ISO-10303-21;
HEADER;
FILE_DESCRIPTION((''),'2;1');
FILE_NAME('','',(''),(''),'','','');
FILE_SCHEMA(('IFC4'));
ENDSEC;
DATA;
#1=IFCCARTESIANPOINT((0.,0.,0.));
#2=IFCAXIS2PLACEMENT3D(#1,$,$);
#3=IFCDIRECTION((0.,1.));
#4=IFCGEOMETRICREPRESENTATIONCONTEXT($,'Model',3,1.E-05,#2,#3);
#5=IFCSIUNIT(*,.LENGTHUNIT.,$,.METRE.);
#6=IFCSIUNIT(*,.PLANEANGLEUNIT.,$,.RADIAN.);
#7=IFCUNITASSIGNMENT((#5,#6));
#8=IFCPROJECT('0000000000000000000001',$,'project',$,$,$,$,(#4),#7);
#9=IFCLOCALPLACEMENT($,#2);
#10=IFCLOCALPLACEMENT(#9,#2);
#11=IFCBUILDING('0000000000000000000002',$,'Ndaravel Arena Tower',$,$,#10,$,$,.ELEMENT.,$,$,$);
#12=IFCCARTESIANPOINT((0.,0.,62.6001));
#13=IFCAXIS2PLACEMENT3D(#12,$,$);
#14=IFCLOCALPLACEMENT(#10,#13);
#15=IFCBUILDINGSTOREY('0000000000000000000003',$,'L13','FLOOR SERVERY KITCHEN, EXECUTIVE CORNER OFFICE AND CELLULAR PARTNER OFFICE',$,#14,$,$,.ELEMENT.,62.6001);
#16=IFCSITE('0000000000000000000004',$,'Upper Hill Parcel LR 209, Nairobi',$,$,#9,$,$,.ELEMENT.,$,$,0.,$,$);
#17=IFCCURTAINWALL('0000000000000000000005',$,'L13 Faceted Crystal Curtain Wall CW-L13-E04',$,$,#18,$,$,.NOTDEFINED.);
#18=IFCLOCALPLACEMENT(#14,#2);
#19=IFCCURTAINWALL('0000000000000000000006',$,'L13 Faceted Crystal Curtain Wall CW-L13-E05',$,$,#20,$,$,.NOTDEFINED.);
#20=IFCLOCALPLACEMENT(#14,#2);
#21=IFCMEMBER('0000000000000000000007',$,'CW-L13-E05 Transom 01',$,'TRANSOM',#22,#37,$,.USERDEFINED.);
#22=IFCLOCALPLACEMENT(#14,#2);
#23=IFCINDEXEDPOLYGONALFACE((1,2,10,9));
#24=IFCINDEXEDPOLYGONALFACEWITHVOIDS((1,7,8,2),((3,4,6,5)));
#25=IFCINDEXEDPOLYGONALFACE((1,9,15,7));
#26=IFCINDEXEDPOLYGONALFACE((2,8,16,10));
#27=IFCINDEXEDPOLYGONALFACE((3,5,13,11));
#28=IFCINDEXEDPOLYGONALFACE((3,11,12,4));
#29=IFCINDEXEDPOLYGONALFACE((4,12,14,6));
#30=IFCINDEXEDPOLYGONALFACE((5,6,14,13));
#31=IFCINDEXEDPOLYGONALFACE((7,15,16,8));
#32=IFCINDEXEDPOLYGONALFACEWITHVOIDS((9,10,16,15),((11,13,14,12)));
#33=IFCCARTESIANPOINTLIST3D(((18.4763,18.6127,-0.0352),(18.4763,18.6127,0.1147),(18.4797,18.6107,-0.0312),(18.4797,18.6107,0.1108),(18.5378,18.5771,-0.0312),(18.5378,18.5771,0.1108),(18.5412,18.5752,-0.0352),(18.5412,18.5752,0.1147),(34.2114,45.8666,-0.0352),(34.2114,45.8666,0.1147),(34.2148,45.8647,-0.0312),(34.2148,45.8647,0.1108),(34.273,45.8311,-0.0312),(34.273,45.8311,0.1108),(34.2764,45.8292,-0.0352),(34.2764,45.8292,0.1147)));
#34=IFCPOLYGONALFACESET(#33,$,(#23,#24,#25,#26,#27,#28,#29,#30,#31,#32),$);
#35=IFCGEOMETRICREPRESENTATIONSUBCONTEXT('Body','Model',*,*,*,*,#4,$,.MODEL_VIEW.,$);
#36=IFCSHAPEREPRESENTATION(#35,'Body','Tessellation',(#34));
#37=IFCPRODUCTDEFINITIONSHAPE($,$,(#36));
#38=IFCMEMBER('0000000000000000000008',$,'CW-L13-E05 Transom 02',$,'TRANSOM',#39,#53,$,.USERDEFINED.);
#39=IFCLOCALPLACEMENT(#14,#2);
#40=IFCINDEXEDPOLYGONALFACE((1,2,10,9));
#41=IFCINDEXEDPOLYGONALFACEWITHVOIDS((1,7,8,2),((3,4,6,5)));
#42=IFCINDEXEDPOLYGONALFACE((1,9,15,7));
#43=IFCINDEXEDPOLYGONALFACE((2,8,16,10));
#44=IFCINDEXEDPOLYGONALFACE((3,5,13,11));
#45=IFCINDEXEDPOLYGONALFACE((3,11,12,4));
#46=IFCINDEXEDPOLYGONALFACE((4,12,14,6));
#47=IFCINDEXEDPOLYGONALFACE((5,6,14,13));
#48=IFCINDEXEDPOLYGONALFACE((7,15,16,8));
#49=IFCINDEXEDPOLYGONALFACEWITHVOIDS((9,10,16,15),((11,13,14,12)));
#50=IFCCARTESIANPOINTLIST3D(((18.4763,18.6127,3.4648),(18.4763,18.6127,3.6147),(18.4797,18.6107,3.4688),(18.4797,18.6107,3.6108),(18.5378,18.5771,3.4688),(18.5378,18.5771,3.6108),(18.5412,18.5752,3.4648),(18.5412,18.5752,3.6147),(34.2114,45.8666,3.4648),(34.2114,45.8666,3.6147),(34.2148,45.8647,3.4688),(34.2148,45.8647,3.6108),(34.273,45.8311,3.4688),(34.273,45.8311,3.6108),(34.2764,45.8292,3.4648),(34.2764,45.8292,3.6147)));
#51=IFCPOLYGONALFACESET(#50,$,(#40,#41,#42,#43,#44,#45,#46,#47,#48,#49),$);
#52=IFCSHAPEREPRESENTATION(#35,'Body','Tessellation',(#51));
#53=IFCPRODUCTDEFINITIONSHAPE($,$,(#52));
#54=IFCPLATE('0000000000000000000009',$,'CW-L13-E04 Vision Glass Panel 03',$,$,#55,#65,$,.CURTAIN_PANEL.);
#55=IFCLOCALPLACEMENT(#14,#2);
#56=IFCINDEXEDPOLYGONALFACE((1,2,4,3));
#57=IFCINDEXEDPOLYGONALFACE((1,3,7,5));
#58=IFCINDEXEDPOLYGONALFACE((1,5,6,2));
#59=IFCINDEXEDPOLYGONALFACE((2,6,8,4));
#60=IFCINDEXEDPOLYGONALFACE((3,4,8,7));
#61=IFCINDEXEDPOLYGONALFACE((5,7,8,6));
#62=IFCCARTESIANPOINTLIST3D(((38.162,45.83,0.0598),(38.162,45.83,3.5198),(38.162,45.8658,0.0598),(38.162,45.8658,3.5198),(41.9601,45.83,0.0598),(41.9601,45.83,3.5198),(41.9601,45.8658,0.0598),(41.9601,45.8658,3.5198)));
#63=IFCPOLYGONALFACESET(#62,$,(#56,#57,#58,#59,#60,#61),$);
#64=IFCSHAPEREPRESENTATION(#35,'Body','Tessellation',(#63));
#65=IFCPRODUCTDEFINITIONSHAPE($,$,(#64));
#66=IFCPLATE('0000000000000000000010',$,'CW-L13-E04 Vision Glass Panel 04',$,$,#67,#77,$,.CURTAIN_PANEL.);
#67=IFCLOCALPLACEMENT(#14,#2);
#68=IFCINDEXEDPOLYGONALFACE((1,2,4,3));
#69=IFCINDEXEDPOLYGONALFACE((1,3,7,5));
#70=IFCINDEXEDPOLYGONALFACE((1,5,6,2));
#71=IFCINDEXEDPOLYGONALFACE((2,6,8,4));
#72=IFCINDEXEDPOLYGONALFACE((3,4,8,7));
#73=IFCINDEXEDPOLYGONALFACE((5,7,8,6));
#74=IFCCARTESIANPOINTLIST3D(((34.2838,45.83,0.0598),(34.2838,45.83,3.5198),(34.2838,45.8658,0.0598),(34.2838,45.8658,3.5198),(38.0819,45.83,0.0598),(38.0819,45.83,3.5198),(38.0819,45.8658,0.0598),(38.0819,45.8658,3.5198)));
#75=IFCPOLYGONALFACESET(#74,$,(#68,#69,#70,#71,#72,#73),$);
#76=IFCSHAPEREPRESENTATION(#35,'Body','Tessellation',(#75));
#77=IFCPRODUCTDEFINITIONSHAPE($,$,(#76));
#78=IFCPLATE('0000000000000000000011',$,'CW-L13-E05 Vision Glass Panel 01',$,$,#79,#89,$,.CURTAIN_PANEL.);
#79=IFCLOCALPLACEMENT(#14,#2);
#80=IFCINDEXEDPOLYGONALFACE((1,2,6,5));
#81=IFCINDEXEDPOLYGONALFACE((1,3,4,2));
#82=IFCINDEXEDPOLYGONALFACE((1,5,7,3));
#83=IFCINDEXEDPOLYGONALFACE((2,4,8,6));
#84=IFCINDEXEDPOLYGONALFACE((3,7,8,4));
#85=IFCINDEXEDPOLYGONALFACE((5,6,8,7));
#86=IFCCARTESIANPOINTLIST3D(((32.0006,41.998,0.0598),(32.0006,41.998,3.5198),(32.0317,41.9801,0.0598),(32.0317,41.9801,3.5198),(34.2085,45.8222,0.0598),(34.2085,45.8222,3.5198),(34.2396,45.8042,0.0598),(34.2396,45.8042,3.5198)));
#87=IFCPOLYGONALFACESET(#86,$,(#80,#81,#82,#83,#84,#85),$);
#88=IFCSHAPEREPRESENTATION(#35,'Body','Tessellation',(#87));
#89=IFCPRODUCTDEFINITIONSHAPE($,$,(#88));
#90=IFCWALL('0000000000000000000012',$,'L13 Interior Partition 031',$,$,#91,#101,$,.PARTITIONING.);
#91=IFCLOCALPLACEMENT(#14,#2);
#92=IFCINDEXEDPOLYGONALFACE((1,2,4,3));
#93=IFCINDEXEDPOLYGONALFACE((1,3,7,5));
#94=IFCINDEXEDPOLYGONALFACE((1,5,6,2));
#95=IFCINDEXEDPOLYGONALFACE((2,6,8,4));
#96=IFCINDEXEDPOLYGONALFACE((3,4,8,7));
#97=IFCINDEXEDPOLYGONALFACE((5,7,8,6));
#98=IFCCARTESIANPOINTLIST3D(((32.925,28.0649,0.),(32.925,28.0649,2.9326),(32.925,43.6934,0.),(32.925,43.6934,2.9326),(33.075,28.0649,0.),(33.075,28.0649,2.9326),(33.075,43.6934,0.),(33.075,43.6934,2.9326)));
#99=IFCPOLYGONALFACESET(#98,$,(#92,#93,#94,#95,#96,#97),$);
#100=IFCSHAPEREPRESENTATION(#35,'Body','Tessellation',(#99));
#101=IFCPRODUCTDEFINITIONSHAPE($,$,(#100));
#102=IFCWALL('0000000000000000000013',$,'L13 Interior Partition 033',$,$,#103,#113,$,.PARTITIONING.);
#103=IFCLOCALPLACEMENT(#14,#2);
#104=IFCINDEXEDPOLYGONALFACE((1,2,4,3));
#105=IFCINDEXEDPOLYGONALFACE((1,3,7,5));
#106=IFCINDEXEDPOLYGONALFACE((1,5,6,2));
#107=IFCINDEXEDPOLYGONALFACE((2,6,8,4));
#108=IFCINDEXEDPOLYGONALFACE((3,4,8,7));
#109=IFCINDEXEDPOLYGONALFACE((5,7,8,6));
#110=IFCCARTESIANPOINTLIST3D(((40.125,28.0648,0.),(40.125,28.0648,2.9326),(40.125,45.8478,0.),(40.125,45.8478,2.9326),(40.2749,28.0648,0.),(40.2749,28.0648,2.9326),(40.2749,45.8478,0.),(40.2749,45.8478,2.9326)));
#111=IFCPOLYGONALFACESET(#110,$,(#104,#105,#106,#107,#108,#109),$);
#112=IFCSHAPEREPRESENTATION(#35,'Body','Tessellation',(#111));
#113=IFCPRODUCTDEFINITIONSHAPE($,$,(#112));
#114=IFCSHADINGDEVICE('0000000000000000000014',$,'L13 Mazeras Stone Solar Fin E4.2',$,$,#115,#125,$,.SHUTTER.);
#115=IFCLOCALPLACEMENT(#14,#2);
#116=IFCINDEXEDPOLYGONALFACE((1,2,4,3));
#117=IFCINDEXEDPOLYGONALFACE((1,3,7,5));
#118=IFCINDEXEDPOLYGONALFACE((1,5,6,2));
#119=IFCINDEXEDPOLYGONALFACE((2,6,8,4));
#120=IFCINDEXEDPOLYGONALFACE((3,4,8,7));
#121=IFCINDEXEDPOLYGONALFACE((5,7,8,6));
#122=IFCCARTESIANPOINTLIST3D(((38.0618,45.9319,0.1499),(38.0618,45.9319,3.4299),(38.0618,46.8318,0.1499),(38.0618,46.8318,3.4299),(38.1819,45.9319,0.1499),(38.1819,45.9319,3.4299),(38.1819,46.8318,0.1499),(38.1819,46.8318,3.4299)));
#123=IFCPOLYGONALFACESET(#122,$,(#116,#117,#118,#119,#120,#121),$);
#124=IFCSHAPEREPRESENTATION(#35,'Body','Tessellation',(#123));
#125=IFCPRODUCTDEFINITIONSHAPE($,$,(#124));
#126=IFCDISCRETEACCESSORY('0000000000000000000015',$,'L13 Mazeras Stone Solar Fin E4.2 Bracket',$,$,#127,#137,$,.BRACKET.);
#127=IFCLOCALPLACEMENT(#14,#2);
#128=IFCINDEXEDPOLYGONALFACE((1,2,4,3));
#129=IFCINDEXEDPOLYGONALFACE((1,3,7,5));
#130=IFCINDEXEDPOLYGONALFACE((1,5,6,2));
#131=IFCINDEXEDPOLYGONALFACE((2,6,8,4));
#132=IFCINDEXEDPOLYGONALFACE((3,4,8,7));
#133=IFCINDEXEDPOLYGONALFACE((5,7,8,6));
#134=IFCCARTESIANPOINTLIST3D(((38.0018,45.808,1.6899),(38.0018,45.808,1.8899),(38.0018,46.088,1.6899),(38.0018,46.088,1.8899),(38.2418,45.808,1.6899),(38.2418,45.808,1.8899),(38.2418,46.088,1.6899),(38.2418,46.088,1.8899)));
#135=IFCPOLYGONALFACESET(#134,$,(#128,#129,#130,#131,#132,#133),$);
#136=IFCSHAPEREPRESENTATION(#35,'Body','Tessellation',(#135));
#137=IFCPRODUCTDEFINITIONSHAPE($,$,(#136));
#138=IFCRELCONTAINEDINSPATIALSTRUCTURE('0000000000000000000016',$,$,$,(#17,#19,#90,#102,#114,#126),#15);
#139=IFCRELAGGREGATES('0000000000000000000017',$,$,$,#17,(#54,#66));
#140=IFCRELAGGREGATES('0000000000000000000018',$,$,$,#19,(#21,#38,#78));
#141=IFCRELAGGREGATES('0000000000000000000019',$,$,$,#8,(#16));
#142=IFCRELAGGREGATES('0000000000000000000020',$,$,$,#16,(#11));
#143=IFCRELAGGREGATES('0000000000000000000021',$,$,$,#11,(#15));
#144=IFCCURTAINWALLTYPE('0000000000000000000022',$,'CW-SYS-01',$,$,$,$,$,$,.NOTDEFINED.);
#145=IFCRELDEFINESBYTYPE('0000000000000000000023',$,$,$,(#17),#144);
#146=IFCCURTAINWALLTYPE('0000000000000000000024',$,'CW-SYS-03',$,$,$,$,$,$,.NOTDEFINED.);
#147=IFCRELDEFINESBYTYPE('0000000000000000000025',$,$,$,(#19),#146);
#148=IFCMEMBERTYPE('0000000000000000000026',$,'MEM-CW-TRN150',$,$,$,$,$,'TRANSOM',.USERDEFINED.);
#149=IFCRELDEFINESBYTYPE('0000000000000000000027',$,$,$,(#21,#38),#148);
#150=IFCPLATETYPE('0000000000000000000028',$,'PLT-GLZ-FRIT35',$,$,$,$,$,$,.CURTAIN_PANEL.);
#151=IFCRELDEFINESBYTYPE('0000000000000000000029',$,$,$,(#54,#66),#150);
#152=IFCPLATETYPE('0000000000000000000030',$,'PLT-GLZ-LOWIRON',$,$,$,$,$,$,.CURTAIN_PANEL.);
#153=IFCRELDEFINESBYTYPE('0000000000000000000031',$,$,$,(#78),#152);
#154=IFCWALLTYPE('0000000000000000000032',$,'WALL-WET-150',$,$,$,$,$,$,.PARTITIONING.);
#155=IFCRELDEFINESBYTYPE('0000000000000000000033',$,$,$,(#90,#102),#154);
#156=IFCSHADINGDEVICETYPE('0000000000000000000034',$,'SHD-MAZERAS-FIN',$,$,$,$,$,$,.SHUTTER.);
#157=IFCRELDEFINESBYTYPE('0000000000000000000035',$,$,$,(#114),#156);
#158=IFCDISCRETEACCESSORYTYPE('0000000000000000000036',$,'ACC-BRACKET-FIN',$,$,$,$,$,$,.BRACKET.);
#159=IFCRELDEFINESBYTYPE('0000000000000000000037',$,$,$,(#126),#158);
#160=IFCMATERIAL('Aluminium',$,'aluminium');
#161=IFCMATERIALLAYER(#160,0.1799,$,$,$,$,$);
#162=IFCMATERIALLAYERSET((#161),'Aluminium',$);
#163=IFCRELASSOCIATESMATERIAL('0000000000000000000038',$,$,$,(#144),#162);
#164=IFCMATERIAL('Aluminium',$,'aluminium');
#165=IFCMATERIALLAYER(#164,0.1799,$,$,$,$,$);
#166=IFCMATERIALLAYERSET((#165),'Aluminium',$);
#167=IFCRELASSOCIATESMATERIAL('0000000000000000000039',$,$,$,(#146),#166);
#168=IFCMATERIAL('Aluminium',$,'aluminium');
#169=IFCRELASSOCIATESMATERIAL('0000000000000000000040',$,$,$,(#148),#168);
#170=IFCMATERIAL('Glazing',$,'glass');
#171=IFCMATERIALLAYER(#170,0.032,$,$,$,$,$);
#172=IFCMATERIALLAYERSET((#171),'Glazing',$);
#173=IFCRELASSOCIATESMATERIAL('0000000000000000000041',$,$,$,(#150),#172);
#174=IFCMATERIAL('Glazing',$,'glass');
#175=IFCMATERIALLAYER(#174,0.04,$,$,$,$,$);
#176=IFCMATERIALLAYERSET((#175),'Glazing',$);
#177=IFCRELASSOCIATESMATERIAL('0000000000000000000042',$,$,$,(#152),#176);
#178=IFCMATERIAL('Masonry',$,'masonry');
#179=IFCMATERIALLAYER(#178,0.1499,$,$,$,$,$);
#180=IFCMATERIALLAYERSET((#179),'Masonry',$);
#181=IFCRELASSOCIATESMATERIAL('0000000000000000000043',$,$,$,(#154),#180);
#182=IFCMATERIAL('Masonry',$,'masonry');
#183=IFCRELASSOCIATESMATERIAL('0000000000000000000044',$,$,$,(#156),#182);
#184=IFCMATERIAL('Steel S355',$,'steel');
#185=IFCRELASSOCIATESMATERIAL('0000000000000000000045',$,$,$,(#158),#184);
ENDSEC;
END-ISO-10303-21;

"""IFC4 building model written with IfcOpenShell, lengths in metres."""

from ifc_helpers import new_model, si_unit, direction, frame, frame_2d, origin, origin_2d, place, context, subcontext, project, spatial, rectangle, hollow_rectangle, extrude, material, layer, layer_set, material_profile, profile_set, type_object, element, aggregate, save


model = new_model("IFC4")

# Units and contexts
model_context = context("Model", 3, precision=1e-05, world=origin(), true_north=direction((0.0, 1.0)))
body_context = subcontext(model_context, "Body", "Model", "MODEL_VIEW")
ifc_project = project(units=[si_unit("LENGTHUNIT", "METRE"), si_unit("PLANEANGLEUNIT", "RADIAN")], contexts=[model_context])

# Site, building, storey
site_placement = place(None, origin())
site = spatial("IfcSite", under=ifc_project, at=site_placement, Name="Upper Hill Parcel LR 209, Nairobi", CompositionType="ELEMENT", RefElevation=0.0)
building_placement = place(site_placement, origin())
building = spatial("IfcBuilding", under=site, at=building_placement, Name="Ndaravel Arena Tower", CompositionType="ELEMENT")
storey_placement = place(building_placement, frame((0.0, 0.0, 62.6001)))
storey = spatial("IfcBuildingStorey", under=building, at=storey_placement, Name="L13", Description="FLOOR SERVERY KITCHEN, EXECUTIVE CORNER OFFICE AND CELLULAR PARTNER OFFICE", CompositionType="ELEMENT", Elevation=62.6001)

# Curtain wall
ifc_material_1 = material(Name="Aluminium", Category="aluminium")
ifc_layer_1 = layer(ifc_material_1, 0.1799)
ifc_layer_set_1 = layer_set([ifc_layer_1], Name="Aluminium")
curtain_wall_type_1 = type_object("IfcCurtainWallType", Name="CW-SYS-01", PredefinedType="NOTDEFINED", material=ifc_layer_set_1)
curtain_wall_1_placement = place(storey_placement, origin())
curtain_wall_1 = element("IfcCurtainWall", 1, at=curtain_wall_1_placement, inside=storey, type_object=curtain_wall_type_1, Name="L13 Faceted Crystal Curtain Wall CW-L13-E04", PredefinedType="NOTDEFINED")

# Curtain wall, members
ifc_material_2 = material(Name="Aluminium", Category="aluminium")
ifc_layer_2 = layer(ifc_material_2, 0.1799)
ifc_layer_set_2 = layer_set([ifc_layer_2], Name="Aluminium")
curtain_wall_type_2 = type_object("IfcCurtainWallType", Name="CW-SYS-03", PredefinedType="NOTDEFINED", material=ifc_layer_set_2)
curtain_wall_2_placement = place(storey_placement, origin())
curtain_wall_2 = element("IfcCurtainWall", 2, at=curtain_wall_2_placement, inside=storey, type_object=curtain_wall_type_2, Name="L13 Faceted Crystal Curtain Wall CW-L13-E05", PredefinedType="NOTDEFINED")
ifc_material_3 = material(Name="Aluminium", Category="aluminium")
ifc_material_profile_1 = material_profile(ifc_material_3, hollow_rectangle(XDim=0.075, YDim=0.1499, WallThickness=0.0039, at=origin_2d()), Name="CW TRANSOM 75x150x4")
ifc_profile_set_1 = profile_set([ifc_material_profile_1], Name="Aluminium")
member_type_1 = type_object("IfcMemberType", Name="MEM-CW-TRN150", ElementType="TRANSOM", PredefinedType="USERDEFINED", material=ifc_profile_set_1)
member_1_placement = place(storey_placement, frame((34.2439, 45.8479, 0.0398), z_axis=(-0.500001, -0.866025, 0.0), x_axis=(0.866025, -0.500001, 0.0)))
member_1 = element("IfcMember", 3, at=member_1_placement, type_object=member_type_1, Name="CW-L13-E05 Transom 01", ObjectType="TRANSOM", PredefinedType="USERDEFINED", context=body_context, shape_type="SweptSolid", body=[
    extrude(hollow_rectangle(XDim=0.075, YDim=0.1499, WallThickness=0.0039, at=origin_2d()), origin(), (0.0, 0.0, 1.0), 31.4702),
])
member_2_placement = place(storey_placement, frame((34.2439, 45.8479, 3.5398), z_axis=(-0.500001, -0.866025, 0.0), x_axis=(0.866025, -0.500001, 0.0)))
member_2 = element("IfcMember", 4, at=member_2_placement, type_object=member_type_1, Name="CW-L13-E05 Transom 02", ObjectType="TRANSOM", PredefinedType="USERDEFINED", context=body_context, shape_type="SweptSolid", body=[
    extrude(hollow_rectangle(XDim=0.075, YDim=0.1499, WallThickness=0.0039, at=origin_2d()), origin(), (0.0, 0.0, 1.0), 31.4702),
])

# Plates
ifc_material_4 = material(Name="Glazing", Category="glass")
ifc_layer_3 = layer(ifc_material_4, 0.032)
ifc_layer_set_3 = layer_set([ifc_layer_3], Name="Glazing")
plate_type_1 = type_object("IfcPlateType", Name="PLT-GLZ-FRIT35", PredefinedType="CURTAIN_PANEL", material=ifc_layer_set_3)
plate_1_placement = place(storey_placement, frame((40.061, 45.8479, 0.0598), z_axis=(0.0, 0.0, 1.0), x_axis=(-1.0, 0.0, 0.0)))
plate_1 = element("IfcPlate", 5, at=plate_1_placement, type_object=plate_type_1, Name="CW-L13-E04 Vision Glass Panel 03", PredefinedType="CURTAIN_PANEL", context=body_context, shape_type="SweptSolid", body=[
    extrude(rectangle(XDim=3.7981, YDim=0.0359, at=origin_2d()), origin(), (0.0, 0.0, 1.0), 3.46),
])
plate_2_placement = place(storey_placement, frame((36.1829, 45.8479, 0.0598), z_axis=(0.0, 0.0, 1.0), x_axis=(-1.0, 0.0, 0.0)))
plate_2 = element("IfcPlate", 6, at=plate_2_placement, type_object=plate_type_1, Name="CW-L13-E04 Vision Glass Panel 04", PredefinedType="CURTAIN_PANEL", context=body_context, shape_type="SweptSolid", body=[
    extrude(rectangle(XDim=3.7981, YDim=0.0359, at=origin_2d()), origin(), (0.0, 0.0, 1.0), 3.46),
])
aggregate(curtain_wall_1, [plate_1, plate_2])
ifc_material_5 = material(Name="Glazing", Category="glass")
ifc_layer_4 = layer(ifc_material_5, 0.04)
ifc_layer_set_4 = layer_set([ifc_layer_4], Name="Glazing")
plate_type_2 = type_object("IfcPlateType", Name="PLT-GLZ-LOWIRON", PredefinedType="CURTAIN_PANEL", material=ifc_layer_set_4)
plate_3_placement = place(storey_placement, frame((33.1201, 43.9011, 0.0598), z_axis=(0.0, 0.0, 1.0), x_axis=(-0.5, -0.866025, 0.0)))
plate_3 = element("IfcPlate", 7, at=plate_3_placement, type_object=plate_type_2, Name="CW-L13-E05 Vision Glass Panel 01", PredefinedType="CURTAIN_PANEL", context=body_context, shape_type="SweptSolid", body=[
    extrude(rectangle(XDim=4.4158, YDim=0.0359, at=origin_2d()), origin(), (0.0, 0.0, 1.0), 3.46),
])
aggregate(curtain_wall_2, [member_1, member_2, plate_3])

# Walls
ifc_material_6 = material(Name="Masonry", Category="masonry")
ifc_layer_5 = layer(ifc_material_6, 0.1499)
ifc_layer_set_5 = layer_set([ifc_layer_5], Name="Masonry")
wall_type = type_object("IfcWallType", Name="WALL-WET-150", PredefinedType="PARTITIONING", material=ifc_layer_set_5)
wall_1_placement = place(storey_placement, frame((33.0, 43.6934, 0.0), z_axis=(0.0, 0.0, 1.0), x_axis=(0.0, -1.0, 0.0)))
element("IfcWall", 8, at=wall_1_placement, inside=storey, type_object=wall_type, Name="L13 Interior Partition 031", PredefinedType="PARTITIONING", context=body_context, shape_type="SweptSolid", body=[
    extrude(rectangle(XDim=15.6284, YDim=0.1499, at=frame_2d((7.8142, 0.0))), origin(), (0.0, 0.0, 1.0), 2.9326),
])
wall_2_placement = place(storey_placement, frame((40.2, 45.8479, 0.0), z_axis=(0.0, 0.0, 1.0), x_axis=(0.0, -1.0, 0.0)))
element("IfcWall", 9, at=wall_2_placement, inside=storey, type_object=wall_type, Name="L13 Interior Partition 033", PredefinedType="PARTITIONING", context=body_context, shape_type="SweptSolid", body=[
    extrude(rectangle(XDim=17.783, YDim=0.1499, at=frame_2d((8.8916, 0.0))), origin(), (0.0, 0.0, 1.0), 2.9326),
])

# Shading device
ifc_material_7 = material(Name="Masonry", Category="masonry")
shading_device_type = type_object("IfcShadingDeviceType", Name="SHD-MAZERAS-FIN", PredefinedType="SHUTTER", material=ifc_material_7)
shading_device_placement = place(storey_placement, frame((38.1218, 46.3818, 0.1499), z_axis=(0.0, 0.0, 1.0), x_axis=(0.0, 1.0, 0.0)))
element("IfcShadingDevice", 10, at=shading_device_placement, inside=storey, type_object=shading_device_type, Name="L13 Mazeras Stone Solar Fin E4.2", PredefinedType="SHUTTER", context=body_context, shape_type="SweptSolid", body=[
    extrude(rectangle(XDim=0.8999, YDim=0.1201, at=origin_2d()), origin(), (0.0, 0.0, 1.0), 3.28),
])

# Discrete accessory
ifc_material_8 = material(Name="Steel S355", Category="steel")
discrete_accessory_type = type_object("IfcDiscreteAccessoryType", Name="ACC-BRACKET-FIN", PredefinedType="BRACKET", material=ifc_material_8)
discrete_accessory_placement = place(storey_placement, frame((38.1218, 45.948, 1.6899), z_axis=(0.0, 0.0, 1.0), x_axis=(0.0, 1.0, 0.0)))
element("IfcDiscreteAccessory", 11, at=discrete_accessory_placement, inside=storey, type_object=discrete_accessory_type, Name="L13 Mazeras Stone Solar Fin E4.2 Bracket", PredefinedType="BRACKET", context=body_context, shape_type="SweptSolid", body=[
    extrude(rectangle(XDim=0.28, YDim=0.24, at=origin_2d()), origin(), (0.0, 0.0, 1.0), 0.2),
])

save(model, "model.ifc")
